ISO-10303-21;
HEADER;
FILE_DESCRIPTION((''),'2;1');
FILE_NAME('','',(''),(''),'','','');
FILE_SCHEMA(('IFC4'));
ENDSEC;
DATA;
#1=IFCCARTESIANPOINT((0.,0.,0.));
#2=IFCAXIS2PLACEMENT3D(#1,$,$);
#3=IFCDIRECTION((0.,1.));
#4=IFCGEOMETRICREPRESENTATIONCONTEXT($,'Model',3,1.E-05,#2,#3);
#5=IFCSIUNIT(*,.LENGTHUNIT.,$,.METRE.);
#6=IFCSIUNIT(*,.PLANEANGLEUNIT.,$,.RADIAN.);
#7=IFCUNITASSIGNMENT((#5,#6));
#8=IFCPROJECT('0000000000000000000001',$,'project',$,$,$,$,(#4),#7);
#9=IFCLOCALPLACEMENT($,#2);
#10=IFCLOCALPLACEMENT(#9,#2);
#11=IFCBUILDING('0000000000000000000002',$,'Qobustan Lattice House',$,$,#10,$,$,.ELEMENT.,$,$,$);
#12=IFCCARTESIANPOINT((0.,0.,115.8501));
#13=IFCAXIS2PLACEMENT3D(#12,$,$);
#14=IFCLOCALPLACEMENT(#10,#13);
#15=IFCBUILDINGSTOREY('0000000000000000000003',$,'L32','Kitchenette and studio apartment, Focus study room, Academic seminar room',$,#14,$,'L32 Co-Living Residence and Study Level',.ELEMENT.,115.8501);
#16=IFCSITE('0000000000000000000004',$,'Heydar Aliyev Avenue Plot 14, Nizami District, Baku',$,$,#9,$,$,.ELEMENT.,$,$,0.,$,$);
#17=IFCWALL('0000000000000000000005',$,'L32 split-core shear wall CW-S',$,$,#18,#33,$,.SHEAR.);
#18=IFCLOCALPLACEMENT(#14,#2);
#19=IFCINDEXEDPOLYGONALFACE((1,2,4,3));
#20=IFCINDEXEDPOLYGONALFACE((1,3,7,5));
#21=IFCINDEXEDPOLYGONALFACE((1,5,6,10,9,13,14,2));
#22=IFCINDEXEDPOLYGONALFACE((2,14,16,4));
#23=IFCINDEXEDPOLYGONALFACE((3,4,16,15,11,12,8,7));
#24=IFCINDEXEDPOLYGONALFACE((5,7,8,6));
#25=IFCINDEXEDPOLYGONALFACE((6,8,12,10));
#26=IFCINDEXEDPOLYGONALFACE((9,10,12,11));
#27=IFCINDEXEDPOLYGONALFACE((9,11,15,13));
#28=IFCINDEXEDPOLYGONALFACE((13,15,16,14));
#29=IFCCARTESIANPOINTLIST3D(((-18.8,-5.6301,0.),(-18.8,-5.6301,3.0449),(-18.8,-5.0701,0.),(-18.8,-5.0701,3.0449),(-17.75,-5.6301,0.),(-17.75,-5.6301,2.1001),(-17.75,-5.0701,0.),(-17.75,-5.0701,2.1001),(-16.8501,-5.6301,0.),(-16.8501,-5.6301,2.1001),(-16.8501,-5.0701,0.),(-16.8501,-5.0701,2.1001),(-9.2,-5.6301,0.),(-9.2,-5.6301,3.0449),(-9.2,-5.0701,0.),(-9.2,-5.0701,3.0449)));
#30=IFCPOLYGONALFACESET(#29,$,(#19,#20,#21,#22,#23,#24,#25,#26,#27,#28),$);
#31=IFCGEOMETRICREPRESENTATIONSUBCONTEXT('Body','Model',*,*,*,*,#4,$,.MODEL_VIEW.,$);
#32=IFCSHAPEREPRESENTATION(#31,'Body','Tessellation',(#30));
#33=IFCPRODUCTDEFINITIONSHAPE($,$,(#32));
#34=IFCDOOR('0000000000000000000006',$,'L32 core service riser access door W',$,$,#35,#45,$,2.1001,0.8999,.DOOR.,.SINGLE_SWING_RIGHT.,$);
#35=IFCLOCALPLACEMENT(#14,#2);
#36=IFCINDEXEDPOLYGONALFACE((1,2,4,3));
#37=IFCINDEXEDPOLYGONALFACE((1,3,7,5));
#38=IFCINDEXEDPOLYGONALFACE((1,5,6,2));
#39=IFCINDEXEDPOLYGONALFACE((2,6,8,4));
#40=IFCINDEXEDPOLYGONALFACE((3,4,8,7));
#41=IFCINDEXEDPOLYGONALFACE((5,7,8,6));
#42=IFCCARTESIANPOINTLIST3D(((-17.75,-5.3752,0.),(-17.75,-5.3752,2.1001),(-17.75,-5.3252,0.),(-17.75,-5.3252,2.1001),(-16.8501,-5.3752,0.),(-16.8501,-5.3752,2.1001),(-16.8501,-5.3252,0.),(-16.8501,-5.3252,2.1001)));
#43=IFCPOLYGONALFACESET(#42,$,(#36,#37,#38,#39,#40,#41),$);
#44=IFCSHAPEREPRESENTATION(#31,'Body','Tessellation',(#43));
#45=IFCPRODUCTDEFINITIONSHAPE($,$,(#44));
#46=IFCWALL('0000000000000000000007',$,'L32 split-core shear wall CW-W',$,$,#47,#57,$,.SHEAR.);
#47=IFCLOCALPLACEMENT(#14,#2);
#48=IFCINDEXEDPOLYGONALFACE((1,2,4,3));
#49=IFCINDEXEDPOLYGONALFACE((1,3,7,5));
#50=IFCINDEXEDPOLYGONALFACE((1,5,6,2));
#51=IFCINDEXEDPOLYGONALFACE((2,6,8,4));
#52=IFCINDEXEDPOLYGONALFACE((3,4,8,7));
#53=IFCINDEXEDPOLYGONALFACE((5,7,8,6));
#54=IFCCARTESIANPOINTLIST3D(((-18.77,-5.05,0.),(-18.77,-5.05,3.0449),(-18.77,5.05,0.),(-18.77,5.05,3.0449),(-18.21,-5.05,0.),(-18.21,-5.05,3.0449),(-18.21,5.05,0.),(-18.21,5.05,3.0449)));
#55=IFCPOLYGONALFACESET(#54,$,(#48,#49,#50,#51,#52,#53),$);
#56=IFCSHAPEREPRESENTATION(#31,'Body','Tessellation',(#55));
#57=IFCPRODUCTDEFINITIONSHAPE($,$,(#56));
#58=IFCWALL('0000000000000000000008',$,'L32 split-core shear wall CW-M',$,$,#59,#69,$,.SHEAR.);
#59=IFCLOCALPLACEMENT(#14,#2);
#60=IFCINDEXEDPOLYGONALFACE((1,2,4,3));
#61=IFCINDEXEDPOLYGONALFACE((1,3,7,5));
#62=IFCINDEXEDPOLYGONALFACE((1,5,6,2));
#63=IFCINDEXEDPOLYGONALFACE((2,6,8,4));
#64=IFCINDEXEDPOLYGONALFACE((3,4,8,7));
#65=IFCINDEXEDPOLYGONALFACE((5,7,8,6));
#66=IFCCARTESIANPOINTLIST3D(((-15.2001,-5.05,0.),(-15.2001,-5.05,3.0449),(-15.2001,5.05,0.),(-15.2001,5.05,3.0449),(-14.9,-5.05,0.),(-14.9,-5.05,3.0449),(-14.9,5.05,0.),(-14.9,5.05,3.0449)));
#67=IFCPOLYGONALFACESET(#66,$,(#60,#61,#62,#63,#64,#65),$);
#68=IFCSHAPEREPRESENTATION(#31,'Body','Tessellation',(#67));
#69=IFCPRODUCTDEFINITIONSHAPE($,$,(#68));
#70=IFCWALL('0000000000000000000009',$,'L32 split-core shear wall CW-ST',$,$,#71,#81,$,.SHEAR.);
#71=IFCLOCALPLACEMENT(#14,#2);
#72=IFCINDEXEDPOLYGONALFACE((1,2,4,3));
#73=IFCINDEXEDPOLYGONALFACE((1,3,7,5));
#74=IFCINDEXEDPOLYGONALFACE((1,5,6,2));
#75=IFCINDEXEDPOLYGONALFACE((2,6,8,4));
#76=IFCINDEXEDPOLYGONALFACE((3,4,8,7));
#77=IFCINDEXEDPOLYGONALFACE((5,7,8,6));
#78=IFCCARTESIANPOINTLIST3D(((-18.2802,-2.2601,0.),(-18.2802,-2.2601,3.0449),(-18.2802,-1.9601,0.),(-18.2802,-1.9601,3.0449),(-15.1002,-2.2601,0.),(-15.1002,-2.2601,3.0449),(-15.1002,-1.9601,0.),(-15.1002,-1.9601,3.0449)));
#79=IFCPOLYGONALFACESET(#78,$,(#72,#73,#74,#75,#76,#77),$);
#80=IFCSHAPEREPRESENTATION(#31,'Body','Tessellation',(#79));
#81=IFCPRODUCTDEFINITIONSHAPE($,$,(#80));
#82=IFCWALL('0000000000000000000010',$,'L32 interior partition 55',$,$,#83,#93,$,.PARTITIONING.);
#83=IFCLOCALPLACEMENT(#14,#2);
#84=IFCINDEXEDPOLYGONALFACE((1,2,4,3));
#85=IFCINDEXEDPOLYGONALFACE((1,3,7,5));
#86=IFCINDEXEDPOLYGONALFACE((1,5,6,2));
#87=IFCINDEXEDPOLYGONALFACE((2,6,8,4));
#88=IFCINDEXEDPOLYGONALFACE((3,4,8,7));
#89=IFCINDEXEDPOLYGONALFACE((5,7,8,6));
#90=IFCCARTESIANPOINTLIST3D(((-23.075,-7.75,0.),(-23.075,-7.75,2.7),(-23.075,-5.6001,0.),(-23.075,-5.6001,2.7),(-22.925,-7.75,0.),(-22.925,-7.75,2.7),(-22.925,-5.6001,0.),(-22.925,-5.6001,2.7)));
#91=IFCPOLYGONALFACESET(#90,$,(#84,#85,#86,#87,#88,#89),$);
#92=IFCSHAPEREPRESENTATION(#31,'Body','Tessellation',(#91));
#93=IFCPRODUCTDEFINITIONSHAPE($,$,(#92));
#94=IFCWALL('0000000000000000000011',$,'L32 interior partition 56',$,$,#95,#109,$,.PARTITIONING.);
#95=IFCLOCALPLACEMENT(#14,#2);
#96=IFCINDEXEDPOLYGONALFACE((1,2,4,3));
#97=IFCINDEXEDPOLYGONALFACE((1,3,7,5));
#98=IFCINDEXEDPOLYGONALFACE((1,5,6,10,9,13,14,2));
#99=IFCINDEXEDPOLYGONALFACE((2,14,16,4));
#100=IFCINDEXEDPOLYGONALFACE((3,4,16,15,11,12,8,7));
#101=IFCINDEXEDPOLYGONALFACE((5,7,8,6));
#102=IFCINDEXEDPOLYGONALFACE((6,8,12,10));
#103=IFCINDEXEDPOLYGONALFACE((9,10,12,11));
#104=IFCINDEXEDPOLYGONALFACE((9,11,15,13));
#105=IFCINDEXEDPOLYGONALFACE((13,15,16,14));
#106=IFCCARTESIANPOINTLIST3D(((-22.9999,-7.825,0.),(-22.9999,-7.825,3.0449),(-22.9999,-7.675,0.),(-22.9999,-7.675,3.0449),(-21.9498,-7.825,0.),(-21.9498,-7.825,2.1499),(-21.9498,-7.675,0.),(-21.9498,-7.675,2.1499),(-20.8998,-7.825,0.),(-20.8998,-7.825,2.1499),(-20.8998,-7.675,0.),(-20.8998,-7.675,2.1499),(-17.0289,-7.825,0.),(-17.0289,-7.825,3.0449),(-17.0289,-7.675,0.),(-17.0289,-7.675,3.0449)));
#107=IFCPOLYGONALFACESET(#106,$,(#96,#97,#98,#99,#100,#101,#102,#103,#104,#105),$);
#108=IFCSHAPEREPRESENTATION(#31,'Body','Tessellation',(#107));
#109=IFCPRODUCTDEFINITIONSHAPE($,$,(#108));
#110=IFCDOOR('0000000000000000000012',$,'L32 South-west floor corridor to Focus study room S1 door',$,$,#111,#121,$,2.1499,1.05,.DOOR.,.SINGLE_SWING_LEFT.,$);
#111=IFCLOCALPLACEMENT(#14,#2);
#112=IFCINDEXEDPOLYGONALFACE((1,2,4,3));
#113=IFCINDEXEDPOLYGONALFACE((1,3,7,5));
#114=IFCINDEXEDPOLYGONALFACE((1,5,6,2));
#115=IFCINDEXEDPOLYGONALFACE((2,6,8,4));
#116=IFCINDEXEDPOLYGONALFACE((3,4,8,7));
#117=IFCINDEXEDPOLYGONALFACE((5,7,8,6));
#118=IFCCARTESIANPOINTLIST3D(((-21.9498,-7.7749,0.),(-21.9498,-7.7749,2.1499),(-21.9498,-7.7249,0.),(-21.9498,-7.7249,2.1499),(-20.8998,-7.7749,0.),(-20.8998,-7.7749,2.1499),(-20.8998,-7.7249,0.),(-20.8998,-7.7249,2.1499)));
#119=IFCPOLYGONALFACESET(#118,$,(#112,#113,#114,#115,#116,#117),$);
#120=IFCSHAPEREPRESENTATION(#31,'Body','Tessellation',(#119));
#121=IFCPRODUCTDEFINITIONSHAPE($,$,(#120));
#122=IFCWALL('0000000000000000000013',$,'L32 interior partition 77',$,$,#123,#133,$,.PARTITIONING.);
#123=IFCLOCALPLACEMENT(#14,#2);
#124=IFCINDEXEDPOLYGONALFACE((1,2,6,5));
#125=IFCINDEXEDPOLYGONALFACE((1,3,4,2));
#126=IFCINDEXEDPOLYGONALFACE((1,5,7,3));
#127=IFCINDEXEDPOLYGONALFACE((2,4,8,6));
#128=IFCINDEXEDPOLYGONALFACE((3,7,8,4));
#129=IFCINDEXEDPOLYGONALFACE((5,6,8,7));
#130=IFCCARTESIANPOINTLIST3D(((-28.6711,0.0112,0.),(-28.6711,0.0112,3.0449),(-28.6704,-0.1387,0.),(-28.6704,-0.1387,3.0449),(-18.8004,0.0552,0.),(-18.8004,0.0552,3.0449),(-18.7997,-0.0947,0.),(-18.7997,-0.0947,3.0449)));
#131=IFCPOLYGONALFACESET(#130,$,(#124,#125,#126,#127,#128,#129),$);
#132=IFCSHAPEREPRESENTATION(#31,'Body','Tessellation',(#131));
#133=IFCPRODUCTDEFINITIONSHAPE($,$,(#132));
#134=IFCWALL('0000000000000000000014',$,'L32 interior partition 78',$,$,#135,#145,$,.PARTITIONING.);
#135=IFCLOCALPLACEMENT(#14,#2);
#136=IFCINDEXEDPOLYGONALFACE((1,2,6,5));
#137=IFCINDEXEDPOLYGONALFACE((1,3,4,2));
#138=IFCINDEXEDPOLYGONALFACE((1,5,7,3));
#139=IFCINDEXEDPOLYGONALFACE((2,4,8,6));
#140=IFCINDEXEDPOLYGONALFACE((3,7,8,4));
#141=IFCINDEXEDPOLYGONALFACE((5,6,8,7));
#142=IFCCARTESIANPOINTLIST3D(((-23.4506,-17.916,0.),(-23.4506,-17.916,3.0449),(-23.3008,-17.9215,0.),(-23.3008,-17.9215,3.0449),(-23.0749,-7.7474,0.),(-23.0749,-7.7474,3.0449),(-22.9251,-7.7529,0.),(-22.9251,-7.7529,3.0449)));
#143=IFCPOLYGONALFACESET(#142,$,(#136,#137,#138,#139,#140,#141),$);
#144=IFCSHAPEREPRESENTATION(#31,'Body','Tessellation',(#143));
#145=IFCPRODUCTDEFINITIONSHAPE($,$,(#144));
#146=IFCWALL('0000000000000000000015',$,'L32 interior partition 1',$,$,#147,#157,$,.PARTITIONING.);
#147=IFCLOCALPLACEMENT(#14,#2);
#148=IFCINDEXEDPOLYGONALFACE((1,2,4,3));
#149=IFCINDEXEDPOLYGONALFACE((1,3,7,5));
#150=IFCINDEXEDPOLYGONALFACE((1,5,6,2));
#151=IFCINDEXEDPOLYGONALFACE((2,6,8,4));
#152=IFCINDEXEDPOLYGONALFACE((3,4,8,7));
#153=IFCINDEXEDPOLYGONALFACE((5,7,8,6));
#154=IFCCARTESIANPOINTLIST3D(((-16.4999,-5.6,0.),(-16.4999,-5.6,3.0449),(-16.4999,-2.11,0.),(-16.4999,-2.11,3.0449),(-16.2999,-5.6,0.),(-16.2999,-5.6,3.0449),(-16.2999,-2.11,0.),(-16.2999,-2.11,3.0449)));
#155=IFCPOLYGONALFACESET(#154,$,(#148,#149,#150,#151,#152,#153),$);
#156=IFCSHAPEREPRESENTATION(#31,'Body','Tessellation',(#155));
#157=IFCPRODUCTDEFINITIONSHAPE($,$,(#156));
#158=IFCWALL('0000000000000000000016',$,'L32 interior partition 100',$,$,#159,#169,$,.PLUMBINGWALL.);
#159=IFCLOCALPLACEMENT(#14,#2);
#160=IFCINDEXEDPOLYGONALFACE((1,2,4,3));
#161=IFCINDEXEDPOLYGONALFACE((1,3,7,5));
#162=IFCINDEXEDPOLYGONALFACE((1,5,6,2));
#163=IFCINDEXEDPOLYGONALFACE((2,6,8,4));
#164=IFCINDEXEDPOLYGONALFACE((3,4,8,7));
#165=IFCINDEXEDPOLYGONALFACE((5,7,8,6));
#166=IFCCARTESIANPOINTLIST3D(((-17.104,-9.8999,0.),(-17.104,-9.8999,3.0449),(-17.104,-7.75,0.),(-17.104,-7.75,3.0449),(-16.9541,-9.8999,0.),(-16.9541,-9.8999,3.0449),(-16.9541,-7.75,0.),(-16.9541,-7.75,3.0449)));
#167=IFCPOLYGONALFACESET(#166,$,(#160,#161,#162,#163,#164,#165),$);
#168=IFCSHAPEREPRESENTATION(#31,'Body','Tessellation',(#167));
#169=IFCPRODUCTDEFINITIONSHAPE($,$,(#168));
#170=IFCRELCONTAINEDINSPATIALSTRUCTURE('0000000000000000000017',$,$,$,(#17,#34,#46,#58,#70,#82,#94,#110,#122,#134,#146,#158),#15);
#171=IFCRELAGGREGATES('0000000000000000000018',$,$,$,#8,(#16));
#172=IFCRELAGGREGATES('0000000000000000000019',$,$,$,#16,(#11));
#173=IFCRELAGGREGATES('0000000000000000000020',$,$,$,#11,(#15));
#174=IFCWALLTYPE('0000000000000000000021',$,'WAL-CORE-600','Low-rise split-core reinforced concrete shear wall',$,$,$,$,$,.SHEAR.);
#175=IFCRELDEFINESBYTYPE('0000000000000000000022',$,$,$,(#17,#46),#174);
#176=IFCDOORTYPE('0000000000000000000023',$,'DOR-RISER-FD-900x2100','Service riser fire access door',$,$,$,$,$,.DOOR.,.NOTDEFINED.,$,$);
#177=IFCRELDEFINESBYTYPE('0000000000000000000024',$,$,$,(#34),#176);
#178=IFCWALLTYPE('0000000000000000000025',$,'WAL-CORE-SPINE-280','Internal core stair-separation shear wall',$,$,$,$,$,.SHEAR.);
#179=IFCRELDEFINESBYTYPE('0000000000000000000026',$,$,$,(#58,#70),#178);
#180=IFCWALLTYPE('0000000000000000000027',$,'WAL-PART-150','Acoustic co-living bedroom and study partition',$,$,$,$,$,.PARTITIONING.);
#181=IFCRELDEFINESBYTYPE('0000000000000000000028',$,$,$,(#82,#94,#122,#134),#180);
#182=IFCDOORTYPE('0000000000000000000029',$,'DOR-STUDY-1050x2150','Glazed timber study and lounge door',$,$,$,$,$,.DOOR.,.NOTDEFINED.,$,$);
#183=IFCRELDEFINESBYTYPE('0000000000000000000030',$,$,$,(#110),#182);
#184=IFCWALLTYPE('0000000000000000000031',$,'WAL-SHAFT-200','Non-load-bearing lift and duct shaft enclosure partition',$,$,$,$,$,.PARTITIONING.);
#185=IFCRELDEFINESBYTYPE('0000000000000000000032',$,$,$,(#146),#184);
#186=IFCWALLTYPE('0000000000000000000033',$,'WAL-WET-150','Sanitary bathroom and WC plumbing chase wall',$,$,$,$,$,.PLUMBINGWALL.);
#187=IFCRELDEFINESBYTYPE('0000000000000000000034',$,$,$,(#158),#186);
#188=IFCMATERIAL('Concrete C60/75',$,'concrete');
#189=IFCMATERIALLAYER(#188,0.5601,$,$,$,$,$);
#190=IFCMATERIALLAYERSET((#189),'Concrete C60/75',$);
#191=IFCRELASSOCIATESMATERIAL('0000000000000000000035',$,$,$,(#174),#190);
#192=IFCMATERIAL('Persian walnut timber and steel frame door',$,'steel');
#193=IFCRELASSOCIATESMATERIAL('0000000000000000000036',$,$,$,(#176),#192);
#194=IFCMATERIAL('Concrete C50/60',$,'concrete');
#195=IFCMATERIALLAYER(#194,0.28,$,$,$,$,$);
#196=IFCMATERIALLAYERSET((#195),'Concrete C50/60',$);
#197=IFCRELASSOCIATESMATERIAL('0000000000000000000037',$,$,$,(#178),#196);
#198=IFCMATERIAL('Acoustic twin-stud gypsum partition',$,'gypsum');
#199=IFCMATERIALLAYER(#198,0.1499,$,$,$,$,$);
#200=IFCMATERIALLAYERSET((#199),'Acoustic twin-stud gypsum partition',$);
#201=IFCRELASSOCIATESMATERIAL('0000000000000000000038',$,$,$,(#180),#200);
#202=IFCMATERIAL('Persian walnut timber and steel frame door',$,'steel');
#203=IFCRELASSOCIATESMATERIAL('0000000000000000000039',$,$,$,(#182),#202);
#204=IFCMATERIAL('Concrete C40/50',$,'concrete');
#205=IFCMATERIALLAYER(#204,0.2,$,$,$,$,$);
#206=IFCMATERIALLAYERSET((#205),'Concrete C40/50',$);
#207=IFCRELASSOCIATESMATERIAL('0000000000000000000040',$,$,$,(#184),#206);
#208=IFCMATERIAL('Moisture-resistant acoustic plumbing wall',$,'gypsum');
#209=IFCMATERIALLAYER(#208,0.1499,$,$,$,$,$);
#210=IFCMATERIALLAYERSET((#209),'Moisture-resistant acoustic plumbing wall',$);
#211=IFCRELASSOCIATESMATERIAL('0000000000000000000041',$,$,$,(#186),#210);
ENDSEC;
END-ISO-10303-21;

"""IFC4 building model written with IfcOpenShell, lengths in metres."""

from ifc_helpers import new_model, si_unit, direction, frame, frame_2d, origin, place, context, subcontext, project, spatial, rectangle, extrude, material, layer, layer_set, type_object, element, fill, save


model = new_model("IFC4")

# Units and contexts
model_context = context("Model", 3, precision=1e-05, world=origin(), true_north=direction((0.0, 1.0)))
body_context = subcontext(model_context, "Body", "Model", "MODEL_VIEW")
ifc_project = project(units=[si_unit("LENGTHUNIT", "METRE"), si_unit("PLANEANGLEUNIT", "RADIAN")], contexts=[model_context])

# Site, building, storey
site_placement = place(None, origin())
site = spatial("IfcSite", under=ifc_project, at=site_placement, Name="Heydar Aliyev Avenue Plot 14, Nizami District, Baku", CompositionType="ELEMENT", RefElevation=0.0)
building_placement = place(site_placement, origin())
building = spatial("IfcBuilding", under=site, at=building_placement, Name="Qobustan Lattice House", CompositionType="ELEMENT")
storey_placement = place(building_placement, frame((0.0, 0.0, 115.8501)))
storey = spatial("IfcBuildingStorey", under=building, at=storey_placement, Name="L32", Description="Kitchenette and studio apartment, Focus study room, Academic seminar room", LongName="L32 Co-Living Residence and Study Level", CompositionType="ELEMENT", Elevation=115.8501)

# Wall, opening, door
ifc_material_1 = material(Name="Concrete C60/75", Category="concrete")
ifc_layer_1 = layer(ifc_material_1, 0.5601)
ifc_layer_set_1 = layer_set([ifc_layer_1], Name="Concrete C60/75")
wall_type_1 = type_object("IfcWallType", Name="WAL-CORE-600", Description="Low-rise split-core reinforced concrete shear wall", PredefinedType="SHEAR", material=ifc_layer_set_1)
wall_1_placement = place(storey_placement, frame((-18.8, -5.3501, 0.0), z_axis=(0.0, 0.0, 1.0), x_axis=(1.0, 0.0, 0.0)))
wall_1 = element("IfcWall", 1, at=wall_1_placement, inside=storey, type_object=wall_type_1, Name="L32 split-core shear wall CW-S", PredefinedType="SHEAR", context=body_context, shape_type="SweptSolid", body=[
    extrude(rectangle(XDim=9.6001, YDim=0.5601, at=frame_2d((4.8, 0.0))), origin(), (0.0, 0.0, 1.0), 3.0449),
])
opening_1_placement = place(wall_1_placement, frame((1.05, 0.0, 0.0)))
opening_1 = element("IfcOpeningElement", 2, at=opening_1_placement, cuts=wall_1, PredefinedType="OPENING", context=body_context, shape_type="SweptSolid", body=[
    extrude(rectangle(XDim=0.8999, YDim=2.1001, at=frame_2d((0.45, 1.05))), frame((0.0, 0.29, 0.0), z_axis=(0.0, -1.0, 0.0), x_axis=(1.0, 0.0, 0.0)), (0.0, 0.0, 1.0), 0.5801),
])
ifc_material_2 = material(Name="Persian walnut timber and steel frame door", Category="steel")
door_type_1 = type_object("IfcDoorType", Name="DOR-RISER-FD-900x2100", Description="Service riser fire access door", OperationType="NOTDEFINED", PredefinedType="DOOR", material=ifc_material_2)
door_1_placement = place(opening_1_placement, origin())
door_1 = element("IfcDoor", 3, at=door_1_placement, inside=storey, type_object=door_type_1, Name="L32 core service riser access door W", OperationType="SINGLE_SWING_RIGHT", OverallHeight=2.1001, OverallWidth=0.8999, PredefinedType="DOOR", context=body_context, shape_type="SweptSolid", body=[
    extrude(rectangle(XDim=0.8999, YDim=2.1001, at=frame_2d((0.45, 1.05))), frame((0.0, 0.0249, 0.0), z_axis=(0.0, -1.0, 0.0), x_axis=(1.0, 0.0, 0.0)), (0.0, 0.0, 1.0), 0.05),
])
fill(opening_1, door_1)

# Walls
wall_2_placement = place(storey_placement, frame((-18.49, -5.05, 0.0), z_axis=(0.0, 0.0, 1.0), x_axis=(0.0, 1.0, 0.0)))
element("IfcWall", 4, at=wall_2_placement, inside=storey, type_object=wall_type_1, Name="L32 split-core shear wall CW-W", PredefinedType="SHEAR", context=body_context, shape_type="SweptSolid", body=[
    extrude(rectangle(XDim=10.1001, YDim=0.5601, at=frame_2d((5.05, 0.0))), origin(), (0.0, 0.0, 1.0), 3.0449),
])
ifc_material_3 = material(Name="Concrete C50/60", Category="concrete")
ifc_layer_2 = layer(ifc_material_3, 0.28)
ifc_layer_set_2 = layer_set([ifc_layer_2], Name="Concrete C50/60")
wall_type_2 = type_object("IfcWallType", Name="WAL-CORE-SPINE-280", Description="Internal core stair-separation shear wall", PredefinedType="SHEAR", material=ifc_layer_set_2)
wall_3_placement = place(storey_placement, frame((-15.05, -5.05, 0.0), z_axis=(0.0, 0.0, 1.0), x_axis=(0.0, 1.0, 0.0)))
element("IfcWall", 5, at=wall_3_placement, inside=storey, type_object=wall_type_2, Name="L32 split-core shear wall CW-M", PredefinedType="SHEAR", context=body_context, shape_type="SweptSolid", body=[
    extrude(rectangle(XDim=10.1001, YDim=0.3, at=frame_2d((5.05, 0.0))), origin(), (0.0, 0.0, 1.0), 3.0449),
])
wall_4_placement = place(storey_placement, frame((-18.28, -2.1101, 0.0), z_axis=(0.0, 0.0, 1.0), x_axis=(1.0, 0.0, 0.0)))
element("IfcWall", 6, at=wall_4_placement, inside=storey, type_object=wall_type_2, Name="L32 split-core shear wall CW-ST", PredefinedType="SHEAR", context=body_context, shape_type="SweptSolid", body=[
    extrude(rectangle(XDim=3.1799, YDim=0.3, at=frame_2d((1.5898, 0.0))), origin(), (0.0, 0.0, 1.0), 3.0449),
])

# Shared definitions
ifc_material_4 = material(Name="Acoustic twin-stud gypsum partition", Category="gypsum")
ifc_layer_3 = layer(ifc_material_4, 0.1499)
ifc_layer_set_3 = layer_set([ifc_layer_3], Name="Acoustic twin-stud gypsum partition")
wall_type_3 = type_object("IfcWallType", Name="WAL-PART-150", Description="Acoustic co-living bedroom and study partition", PredefinedType="PARTITIONING", material=ifc_layer_set_3)
ifc_material_5 = material(Name="Persian walnut timber and steel frame door", Category="steel")
door_type_2 = type_object("IfcDoorType", Name="DOR-STUDY-1050x2150", Description="Glazed timber study and lounge door", OperationType="NOTDEFINED", PredefinedType="DOOR", material=ifc_material_5)

# Wall
wall_5_placement = place(storey_placement, frame((-23.0, -7.75, 0.0), z_axis=(0.0, 0.0, 1.0), x_axis=(0.0, 1.0, 0.0)))
element("IfcWall", 7, at=wall_5_placement, inside=storey, type_object=wall_type_3, Name="L32 interior partition 55", PredefinedType="PARTITIONING", context=body_context, shape_type="SweptSolid", body=[
    extrude(rectangle(XDim=2.1499, YDim=0.1499, at=frame_2d((1.075, 0.0))), origin(), (0.0, 0.0, 1.0), 2.7),
])

# Wall, opening, door
wall_6_placement = place(storey_placement, frame((-17.0291, -7.75, 0.0), z_axis=(0.0, 0.0, 1.0), x_axis=(-1.0, 0.0, 0.0)))
wall_6 = element("IfcWall", 8, at=wall_6_placement, inside=storey, type_object=wall_type_3, Name="L32 interior partition 56", PredefinedType="PARTITIONING", context=body_context, shape_type="SweptSolid", body=[
    extrude(rectangle(XDim=5.9709, YDim=0.1499, at=frame_2d((2.9854, 0.0))), origin(), (0.0, 0.0, 1.0), 3.0449),
])
opening_2_placement = place(wall_6_placement, frame((3.8708, 0.0, 0.0)))
opening_2 = element("IfcOpeningElement", 9, at=opening_2_placement, cuts=wall_6, PredefinedType="OPENING", context=body_context, shape_type="SweptSolid", body=[
    extrude(rectangle(XDim=1.05, YDim=2.1499, at=frame_2d((0.5249, 1.075))), frame((0.0, 0.085, 0.0), z_axis=(0.0, -1.0, 0.0), x_axis=(1.0, 0.0, 0.0)), (0.0, 0.0, 1.0), 0.1699),
])
door_2_placement = place(opening_2_placement, origin())
door_2 = element("IfcDoor", 10, at=door_2_placement, inside=storey, type_object=door_type_2, Name="L32 South-west floor corridor to Focus study room S1 door", OperationType="SINGLE_SWING_LEFT", OverallHeight=2.1499, OverallWidth=1.05, PredefinedType="DOOR", context=body_context, shape_type="SweptSolid", body=[
    extrude(rectangle(XDim=1.05, YDim=2.1499, at=frame_2d((0.5249, 1.075))), frame((0.0, 0.0249, 0.0), z_axis=(0.0, -1.0, 0.0), x_axis=(1.0, 0.0, 0.0)), (0.0, 0.0, 1.0), 0.05),
])
fill(opening_2, door_2)

# Walls
wall_7_placement = place(storey_placement, frame((-28.6709, -0.0637, 0.0), z_axis=(0.0, 0.0, 1.0), x_axis=(0.99999, 0.004452, 0.0)))
element("IfcWall", 11, at=wall_7_placement, inside=storey, type_object=wall_type_3, Name="L32 interior partition 77", PredefinedType="PARTITIONING", context=body_context, shape_type="SweptSolid", body=[
    extrude(rectangle(XDim=9.8708, YDim=0.1499, at=frame_2d((4.9355, 0.0))), origin(), (0.0, 0.0, 1.0), 3.0449),
])
wall_8_placement = place(storey_placement, frame((-23.0, -7.75, 0.0), z_axis=(0.0, 0.0, 1.0), x_axis=(-0.036925, -0.999318, 0.0)))
element("IfcWall", 12, at=wall_8_placement, inside=storey, type_object=wall_type_3, Name="L32 interior partition 78", PredefinedType="PARTITIONING", context=body_context, shape_type="SweptSolid", body=[
    extrude(rectangle(XDim=10.1755, YDim=0.1499, at=frame_2d((5.0879, 0.0))), origin(), (0.0, 0.0, 1.0), 3.0449),
])
ifc_material_6 = material(Name="Concrete C40/50", Category="concrete")
ifc_layer_4 = layer(ifc_material_6, 0.2)
ifc_layer_set_4 = layer_set([ifc_layer_4], Name="Concrete C40/50")
wall_type_4 = type_object("IfcWallType", Name="WAL-SHAFT-200", Description="Non-load-bearing lift and duct shaft enclosure partition", PredefinedType="PARTITIONING", material=ifc_layer_set_4)
wall_9_placement = place(storey_placement, frame((-16.3999, -5.6001, 0.0), z_axis=(0.0, 0.0, 1.0), x_axis=(0.0, 1.0, 0.0)))
element("IfcWall", 13, at=wall_9_placement, inside=storey, type_object=wall_type_4, Name="L32 interior partition 1", PredefinedType="PARTITIONING", context=body_context, shape_type="SweptSolid", body=[
    extrude(rectangle(XDim=3.49, YDim=0.2, at=frame_2d((1.7451, 0.0))), origin(), (0.0, 0.0, 1.0), 3.0449),
])
ifc_material_7 = material(Name="Moisture-resistant acoustic plumbing wall", Category="gypsum")
ifc_layer_5 = layer(ifc_material_7, 0.1499)
ifc_layer_set_5 = layer_set([ifc_layer_5], Name="Moisture-resistant acoustic plumbing wall")
wall_type_5 = type_object("IfcWallType", Name="WAL-WET-150", Description="Sanitary bathroom and WC plumbing chase wall", PredefinedType="PLUMBINGWALL", material=ifc_layer_set_5)
wall_10_placement = place(storey_placement, frame((-17.0291, -7.75, 0.0), z_axis=(0.0, 0.0, 1.0), x_axis=(0.0, -1.0, 0.0)))
element("IfcWall", 14, at=wall_10_placement, inside=storey, type_object=wall_type_5, Name="L32 interior partition 100", PredefinedType="PLUMBINGWALL", context=body_context, shape_type="SweptSolid", body=[
    extrude(rectangle(XDim=2.1499, YDim=0.1499, at=frame_2d((1.075, 0.0))), origin(), (0.0, 0.0, 1.0), 3.0449),
])

save(model, "model.ifc")
